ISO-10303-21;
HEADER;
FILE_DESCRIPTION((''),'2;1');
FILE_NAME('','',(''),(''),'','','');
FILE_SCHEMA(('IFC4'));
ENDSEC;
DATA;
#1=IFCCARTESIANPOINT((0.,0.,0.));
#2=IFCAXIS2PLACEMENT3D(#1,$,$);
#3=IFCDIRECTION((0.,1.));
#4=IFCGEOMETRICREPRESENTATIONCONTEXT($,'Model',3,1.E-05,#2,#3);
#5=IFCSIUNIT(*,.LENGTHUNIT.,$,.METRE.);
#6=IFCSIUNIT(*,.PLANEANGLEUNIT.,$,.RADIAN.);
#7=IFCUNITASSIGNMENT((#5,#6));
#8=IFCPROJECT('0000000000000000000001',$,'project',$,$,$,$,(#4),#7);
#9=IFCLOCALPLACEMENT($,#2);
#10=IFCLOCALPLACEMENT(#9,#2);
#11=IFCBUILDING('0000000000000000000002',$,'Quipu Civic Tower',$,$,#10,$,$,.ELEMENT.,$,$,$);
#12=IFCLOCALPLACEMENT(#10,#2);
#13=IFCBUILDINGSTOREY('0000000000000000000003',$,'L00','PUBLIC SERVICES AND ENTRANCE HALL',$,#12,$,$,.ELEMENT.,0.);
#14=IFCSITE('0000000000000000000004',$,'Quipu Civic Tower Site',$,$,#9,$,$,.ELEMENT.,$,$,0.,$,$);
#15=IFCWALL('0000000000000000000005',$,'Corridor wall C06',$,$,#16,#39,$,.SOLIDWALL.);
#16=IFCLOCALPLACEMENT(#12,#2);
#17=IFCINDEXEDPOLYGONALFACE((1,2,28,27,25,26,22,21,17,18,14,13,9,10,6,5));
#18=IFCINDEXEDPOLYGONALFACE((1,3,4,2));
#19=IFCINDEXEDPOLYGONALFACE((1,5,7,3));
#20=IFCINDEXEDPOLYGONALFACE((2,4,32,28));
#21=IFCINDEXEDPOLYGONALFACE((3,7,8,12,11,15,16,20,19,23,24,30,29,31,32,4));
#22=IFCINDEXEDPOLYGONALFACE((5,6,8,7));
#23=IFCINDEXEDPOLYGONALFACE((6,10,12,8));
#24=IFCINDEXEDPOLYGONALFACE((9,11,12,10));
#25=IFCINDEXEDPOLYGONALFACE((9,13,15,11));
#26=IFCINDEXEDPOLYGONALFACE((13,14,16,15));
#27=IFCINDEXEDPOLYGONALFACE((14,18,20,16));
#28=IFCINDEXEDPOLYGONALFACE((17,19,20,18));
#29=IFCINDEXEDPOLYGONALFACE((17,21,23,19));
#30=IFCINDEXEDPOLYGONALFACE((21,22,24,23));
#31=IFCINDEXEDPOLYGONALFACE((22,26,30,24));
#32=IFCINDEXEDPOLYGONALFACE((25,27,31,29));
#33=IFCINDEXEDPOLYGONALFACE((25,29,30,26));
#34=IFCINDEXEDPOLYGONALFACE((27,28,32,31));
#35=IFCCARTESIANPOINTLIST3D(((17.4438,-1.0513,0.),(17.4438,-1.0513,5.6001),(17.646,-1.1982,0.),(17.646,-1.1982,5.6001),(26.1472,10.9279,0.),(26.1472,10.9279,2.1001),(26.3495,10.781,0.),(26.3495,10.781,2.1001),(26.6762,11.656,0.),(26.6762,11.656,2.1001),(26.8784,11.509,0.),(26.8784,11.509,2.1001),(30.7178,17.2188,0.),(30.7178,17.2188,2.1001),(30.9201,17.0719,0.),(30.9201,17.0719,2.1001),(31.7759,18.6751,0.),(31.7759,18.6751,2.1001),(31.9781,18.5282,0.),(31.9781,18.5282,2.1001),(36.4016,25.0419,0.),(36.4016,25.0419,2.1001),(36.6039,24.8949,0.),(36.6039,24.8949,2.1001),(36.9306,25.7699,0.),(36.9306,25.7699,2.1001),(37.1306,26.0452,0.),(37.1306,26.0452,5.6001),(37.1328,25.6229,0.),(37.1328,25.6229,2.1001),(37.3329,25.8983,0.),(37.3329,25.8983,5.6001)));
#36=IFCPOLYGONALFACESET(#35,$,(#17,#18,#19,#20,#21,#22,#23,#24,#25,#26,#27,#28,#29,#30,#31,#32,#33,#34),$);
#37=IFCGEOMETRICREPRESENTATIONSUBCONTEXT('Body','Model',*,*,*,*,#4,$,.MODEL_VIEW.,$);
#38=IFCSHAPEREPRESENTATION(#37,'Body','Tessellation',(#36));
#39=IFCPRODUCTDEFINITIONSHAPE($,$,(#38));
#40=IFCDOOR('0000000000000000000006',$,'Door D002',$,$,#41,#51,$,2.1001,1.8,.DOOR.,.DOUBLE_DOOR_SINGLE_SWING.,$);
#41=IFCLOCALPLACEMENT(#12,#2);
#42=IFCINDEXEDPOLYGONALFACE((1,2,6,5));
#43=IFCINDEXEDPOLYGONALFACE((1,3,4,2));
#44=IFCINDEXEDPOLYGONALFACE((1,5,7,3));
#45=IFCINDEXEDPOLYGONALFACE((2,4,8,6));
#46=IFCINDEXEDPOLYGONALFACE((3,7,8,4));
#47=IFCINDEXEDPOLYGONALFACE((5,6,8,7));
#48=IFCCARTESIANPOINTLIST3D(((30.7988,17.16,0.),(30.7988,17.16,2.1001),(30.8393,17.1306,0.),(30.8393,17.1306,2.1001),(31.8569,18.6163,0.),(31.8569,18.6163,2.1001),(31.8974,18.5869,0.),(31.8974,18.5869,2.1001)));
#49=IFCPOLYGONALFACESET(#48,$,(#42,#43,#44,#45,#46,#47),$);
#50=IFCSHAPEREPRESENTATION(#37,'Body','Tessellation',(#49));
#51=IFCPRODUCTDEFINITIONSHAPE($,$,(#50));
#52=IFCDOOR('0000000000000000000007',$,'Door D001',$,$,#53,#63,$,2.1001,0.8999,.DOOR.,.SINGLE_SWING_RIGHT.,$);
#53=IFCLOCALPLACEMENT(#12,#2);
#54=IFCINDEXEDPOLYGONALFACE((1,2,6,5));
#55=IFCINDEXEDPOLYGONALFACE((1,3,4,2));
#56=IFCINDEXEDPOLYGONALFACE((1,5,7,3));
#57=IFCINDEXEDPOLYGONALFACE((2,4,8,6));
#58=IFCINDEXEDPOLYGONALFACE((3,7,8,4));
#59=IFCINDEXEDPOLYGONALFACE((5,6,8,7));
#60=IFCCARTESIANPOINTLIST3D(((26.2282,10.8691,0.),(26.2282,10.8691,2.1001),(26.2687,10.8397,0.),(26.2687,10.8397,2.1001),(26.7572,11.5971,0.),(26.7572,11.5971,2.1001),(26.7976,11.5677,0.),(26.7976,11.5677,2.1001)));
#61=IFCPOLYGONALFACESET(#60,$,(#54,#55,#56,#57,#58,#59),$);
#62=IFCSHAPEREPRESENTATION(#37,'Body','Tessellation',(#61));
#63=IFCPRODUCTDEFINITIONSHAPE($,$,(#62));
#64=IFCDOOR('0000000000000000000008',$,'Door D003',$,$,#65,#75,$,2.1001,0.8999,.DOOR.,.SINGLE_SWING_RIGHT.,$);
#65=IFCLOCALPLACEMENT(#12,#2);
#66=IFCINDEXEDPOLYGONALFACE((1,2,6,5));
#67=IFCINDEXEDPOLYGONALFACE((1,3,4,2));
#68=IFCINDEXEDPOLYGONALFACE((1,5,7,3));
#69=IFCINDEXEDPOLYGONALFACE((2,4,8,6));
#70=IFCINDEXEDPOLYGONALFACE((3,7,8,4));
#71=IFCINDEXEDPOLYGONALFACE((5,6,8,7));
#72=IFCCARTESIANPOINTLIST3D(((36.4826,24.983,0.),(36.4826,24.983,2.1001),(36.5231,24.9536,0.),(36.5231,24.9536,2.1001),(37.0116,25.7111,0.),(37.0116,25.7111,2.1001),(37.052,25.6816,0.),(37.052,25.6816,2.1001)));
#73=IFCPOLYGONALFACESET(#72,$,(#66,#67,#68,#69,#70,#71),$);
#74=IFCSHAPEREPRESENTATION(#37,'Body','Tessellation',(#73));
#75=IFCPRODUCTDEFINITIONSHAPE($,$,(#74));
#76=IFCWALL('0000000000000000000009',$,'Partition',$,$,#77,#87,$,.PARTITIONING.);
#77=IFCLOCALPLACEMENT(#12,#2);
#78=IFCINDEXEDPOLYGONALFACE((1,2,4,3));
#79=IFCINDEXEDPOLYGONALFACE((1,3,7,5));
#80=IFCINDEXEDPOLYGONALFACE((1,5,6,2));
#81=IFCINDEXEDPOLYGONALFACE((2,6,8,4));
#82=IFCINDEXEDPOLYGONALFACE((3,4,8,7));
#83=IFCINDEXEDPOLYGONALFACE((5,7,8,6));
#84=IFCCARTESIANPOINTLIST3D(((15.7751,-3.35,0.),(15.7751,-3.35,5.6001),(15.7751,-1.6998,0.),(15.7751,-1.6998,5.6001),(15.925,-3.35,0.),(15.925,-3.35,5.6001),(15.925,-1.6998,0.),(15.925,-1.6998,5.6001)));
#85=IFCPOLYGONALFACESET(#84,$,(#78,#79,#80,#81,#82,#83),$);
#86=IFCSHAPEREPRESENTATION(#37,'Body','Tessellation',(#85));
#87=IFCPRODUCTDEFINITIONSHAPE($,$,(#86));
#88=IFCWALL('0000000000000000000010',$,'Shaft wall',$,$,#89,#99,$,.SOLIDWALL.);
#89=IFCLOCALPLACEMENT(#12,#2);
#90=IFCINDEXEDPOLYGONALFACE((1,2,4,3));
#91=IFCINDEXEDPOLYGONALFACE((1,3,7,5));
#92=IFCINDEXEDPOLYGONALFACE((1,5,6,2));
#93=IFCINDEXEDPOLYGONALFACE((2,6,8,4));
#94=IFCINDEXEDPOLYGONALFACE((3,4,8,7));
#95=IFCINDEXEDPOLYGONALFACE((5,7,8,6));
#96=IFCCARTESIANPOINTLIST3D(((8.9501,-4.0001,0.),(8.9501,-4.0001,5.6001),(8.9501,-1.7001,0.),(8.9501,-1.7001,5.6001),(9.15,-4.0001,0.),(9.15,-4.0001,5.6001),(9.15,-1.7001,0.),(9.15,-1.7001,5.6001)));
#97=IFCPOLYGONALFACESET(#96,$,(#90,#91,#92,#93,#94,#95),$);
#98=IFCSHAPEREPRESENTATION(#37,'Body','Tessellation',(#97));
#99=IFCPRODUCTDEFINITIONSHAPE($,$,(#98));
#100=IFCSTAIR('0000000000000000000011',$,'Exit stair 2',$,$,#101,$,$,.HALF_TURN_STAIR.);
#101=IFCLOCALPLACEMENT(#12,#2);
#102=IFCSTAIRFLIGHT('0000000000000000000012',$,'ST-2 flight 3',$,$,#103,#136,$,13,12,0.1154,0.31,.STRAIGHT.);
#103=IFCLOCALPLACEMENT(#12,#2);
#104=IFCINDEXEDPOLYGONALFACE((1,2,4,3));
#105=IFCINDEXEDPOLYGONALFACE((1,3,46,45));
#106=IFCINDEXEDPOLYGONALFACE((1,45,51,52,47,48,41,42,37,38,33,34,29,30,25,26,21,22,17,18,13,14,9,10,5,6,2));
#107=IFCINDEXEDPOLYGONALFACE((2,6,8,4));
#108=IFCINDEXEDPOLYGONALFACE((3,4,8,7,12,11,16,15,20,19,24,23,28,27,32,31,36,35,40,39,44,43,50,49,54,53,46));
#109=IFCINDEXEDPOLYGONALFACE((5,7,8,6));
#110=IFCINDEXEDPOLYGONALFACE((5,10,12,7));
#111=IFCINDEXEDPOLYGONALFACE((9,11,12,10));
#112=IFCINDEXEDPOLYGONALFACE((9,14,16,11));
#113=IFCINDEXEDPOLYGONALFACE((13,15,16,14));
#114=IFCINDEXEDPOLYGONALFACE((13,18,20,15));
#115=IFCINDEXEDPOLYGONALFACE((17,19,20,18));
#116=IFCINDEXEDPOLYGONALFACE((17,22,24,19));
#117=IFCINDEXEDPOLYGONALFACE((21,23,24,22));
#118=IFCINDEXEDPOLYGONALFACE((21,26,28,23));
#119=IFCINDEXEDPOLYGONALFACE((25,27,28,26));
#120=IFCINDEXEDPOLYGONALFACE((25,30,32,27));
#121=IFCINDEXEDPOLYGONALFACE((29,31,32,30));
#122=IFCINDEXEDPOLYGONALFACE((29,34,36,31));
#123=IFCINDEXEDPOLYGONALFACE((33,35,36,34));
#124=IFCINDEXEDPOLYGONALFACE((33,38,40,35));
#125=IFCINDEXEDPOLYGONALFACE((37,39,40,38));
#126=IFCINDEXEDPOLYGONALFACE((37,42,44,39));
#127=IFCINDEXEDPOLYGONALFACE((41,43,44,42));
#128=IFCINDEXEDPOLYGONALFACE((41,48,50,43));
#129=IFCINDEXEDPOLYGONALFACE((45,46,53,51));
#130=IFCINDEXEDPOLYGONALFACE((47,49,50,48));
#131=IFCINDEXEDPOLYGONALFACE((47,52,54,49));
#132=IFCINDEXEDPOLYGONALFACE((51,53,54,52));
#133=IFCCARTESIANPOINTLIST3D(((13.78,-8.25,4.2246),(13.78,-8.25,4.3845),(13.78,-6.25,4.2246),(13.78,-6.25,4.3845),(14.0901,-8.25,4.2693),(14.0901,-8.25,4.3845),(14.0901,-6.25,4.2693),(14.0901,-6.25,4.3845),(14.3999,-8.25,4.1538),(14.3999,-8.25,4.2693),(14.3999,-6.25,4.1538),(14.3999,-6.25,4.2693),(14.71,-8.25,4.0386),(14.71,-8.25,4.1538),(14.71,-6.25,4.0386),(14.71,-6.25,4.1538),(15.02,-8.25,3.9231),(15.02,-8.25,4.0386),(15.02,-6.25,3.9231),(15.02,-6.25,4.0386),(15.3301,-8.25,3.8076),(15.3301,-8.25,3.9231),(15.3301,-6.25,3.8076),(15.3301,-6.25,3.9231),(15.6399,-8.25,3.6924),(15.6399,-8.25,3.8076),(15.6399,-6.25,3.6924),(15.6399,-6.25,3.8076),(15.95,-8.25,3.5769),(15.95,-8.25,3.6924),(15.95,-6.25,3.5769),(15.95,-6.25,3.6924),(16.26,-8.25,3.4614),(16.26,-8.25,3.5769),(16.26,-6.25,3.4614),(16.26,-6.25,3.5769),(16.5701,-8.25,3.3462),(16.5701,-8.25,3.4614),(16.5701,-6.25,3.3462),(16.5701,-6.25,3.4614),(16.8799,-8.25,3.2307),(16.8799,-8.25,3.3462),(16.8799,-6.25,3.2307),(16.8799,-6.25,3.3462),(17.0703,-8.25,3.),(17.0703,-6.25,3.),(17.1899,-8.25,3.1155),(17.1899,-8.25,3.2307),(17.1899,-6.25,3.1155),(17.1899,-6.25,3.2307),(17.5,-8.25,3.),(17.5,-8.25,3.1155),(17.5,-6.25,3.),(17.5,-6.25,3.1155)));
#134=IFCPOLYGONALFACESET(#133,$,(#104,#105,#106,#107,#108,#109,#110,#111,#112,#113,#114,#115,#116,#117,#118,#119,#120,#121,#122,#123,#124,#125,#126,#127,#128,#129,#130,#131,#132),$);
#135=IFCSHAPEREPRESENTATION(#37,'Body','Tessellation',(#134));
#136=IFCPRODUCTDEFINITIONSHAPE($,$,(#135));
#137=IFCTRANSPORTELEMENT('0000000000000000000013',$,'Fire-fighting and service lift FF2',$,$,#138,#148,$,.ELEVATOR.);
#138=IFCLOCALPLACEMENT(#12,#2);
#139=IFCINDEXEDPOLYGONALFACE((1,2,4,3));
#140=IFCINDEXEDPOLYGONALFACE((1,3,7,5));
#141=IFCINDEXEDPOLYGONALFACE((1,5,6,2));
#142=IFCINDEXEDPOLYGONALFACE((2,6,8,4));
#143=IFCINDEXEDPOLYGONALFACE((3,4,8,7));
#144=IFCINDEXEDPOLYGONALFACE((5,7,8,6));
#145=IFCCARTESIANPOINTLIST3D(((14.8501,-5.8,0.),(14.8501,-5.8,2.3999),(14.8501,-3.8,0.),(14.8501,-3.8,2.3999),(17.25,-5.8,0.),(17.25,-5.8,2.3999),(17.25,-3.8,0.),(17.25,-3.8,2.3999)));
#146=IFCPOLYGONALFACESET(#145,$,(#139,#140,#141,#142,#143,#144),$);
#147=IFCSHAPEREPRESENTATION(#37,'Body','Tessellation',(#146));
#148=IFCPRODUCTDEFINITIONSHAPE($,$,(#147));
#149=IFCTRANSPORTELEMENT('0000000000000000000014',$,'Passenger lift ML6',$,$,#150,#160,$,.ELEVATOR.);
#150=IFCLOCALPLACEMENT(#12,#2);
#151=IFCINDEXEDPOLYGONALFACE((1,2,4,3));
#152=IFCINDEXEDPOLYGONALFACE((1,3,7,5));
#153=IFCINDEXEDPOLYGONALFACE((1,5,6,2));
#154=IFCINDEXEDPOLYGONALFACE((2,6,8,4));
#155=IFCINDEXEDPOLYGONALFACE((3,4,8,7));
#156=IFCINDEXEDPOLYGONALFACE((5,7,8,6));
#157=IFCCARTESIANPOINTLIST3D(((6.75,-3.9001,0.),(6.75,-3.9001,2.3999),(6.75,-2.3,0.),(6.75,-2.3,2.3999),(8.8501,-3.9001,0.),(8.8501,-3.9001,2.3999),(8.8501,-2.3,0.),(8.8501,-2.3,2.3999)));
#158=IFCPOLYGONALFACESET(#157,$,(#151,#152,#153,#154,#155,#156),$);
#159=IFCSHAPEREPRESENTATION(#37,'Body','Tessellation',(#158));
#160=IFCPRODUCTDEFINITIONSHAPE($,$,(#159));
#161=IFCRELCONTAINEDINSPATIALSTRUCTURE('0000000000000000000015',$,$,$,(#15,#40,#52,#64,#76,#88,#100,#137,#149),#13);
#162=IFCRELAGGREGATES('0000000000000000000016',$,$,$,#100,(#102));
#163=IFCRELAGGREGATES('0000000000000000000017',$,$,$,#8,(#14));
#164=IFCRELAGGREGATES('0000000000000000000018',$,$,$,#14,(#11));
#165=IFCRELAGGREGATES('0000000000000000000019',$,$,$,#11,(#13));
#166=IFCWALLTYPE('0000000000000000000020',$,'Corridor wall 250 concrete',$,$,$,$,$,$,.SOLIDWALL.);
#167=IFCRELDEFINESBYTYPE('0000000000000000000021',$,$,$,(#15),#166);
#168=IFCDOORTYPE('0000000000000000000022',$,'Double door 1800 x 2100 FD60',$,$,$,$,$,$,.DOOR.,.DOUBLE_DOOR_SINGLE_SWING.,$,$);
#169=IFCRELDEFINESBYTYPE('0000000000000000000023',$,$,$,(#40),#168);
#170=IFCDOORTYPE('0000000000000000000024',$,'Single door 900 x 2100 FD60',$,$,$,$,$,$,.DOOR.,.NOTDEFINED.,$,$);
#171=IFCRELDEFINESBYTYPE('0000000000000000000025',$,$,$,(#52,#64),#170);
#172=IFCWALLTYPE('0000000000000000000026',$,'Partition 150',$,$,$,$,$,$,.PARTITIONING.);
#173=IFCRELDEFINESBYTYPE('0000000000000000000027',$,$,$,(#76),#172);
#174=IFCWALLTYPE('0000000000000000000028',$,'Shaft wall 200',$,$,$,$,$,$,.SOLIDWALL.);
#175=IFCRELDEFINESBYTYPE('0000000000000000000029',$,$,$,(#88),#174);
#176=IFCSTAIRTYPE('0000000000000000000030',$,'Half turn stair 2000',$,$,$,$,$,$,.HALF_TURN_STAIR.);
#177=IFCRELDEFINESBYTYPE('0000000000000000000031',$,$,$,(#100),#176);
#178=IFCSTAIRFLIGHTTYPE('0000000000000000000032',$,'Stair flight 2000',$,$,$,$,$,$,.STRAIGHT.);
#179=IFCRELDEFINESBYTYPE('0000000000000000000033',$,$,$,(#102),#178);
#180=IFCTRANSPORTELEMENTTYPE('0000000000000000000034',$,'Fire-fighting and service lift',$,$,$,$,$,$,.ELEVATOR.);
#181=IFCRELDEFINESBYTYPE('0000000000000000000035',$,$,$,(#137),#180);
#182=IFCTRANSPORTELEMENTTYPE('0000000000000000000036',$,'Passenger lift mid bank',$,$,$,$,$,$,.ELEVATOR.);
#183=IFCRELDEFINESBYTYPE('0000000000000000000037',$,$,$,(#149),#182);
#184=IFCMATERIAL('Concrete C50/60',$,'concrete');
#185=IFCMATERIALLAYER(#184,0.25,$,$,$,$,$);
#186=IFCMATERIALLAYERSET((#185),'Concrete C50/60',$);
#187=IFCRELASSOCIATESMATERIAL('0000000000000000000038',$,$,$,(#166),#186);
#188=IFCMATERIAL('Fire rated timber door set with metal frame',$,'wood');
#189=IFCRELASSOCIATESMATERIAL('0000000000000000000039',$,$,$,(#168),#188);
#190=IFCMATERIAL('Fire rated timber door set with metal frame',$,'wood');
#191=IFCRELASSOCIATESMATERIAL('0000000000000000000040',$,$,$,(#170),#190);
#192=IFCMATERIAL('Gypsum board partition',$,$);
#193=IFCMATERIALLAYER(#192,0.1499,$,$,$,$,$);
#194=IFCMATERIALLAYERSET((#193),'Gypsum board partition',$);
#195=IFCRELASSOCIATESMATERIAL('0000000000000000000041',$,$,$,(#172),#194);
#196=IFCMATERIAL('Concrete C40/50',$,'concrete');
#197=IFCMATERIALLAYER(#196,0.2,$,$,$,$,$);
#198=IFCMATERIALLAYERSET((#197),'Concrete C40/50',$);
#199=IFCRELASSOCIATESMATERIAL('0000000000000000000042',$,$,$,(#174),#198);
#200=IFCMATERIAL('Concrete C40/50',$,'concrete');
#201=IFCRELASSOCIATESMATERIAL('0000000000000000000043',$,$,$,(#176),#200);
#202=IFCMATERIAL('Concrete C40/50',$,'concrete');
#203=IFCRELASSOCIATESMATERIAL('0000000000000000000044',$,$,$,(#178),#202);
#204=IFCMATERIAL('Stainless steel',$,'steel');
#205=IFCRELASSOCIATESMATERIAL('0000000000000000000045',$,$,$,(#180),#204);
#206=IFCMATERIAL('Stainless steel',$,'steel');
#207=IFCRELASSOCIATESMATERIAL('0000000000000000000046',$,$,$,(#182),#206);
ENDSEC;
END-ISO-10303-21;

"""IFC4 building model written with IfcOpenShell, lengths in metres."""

from ifc_helpers import new_model, si_unit, direction, frame, frame_2d, origin, origin_2d, place, context, subcontext, project, spatial, polyline, rectangle, outline, extrude, material, layer, layer_set, type_object, element, fill, aggregate, save


model = new_model("IFC4")

# Units and contexts
model_context = context("Model", 3, precision=1e-05, world=origin(), true_north=direction((0.0, 1.0)))
body_context = subcontext(model_context, "Body", "Model", "MODEL_VIEW")
ifc_project = project(units=[si_unit("LENGTHUNIT", "METRE"), si_unit("PLANEANGLEUNIT", "RADIAN")], contexts=[model_context])

# Site, building, storey
site_placement = place(None, origin())
site = spatial("IfcSite", under=ifc_project, at=site_placement, Name="Quipu Civic Tower Site", CompositionType="ELEMENT", RefElevation=0.0)
building_placement = place(site_placement, origin())
building = spatial("IfcBuilding", under=site, at=building_placement, Name="Quipu Civic Tower", CompositionType="ELEMENT")
storey_placement = place(building_placement, origin())
storey = spatial("IfcBuildingStorey", under=building, at=storey_placement, Name="L00", Description="PUBLIC SERVICES AND ENTRANCE HALL", CompositionType="ELEMENT", Elevation=0.0)

# Wall, openings, doors
ifc_material_1 = material(Name="Concrete C50/60", Category="concrete")
ifc_layer_1 = layer(ifc_material_1, 0.25)
ifc_layer_set_1 = layer_set([ifc_layer_1], Name="Concrete C50/60")
wall_type_1 = type_object("IfcWallType", Name="Corridor wall 250 concrete", PredefinedType="SOLIDWALL", material=ifc_layer_set_1)
wall_1_placement = place(storey_placement, frame((17.5449, -1.1248, 0.0), z_axis=(0.0, 0.0, 1.0), x_axis=(0.587786, 0.809016, 0.0)))
wall_1 = element("IfcWall", 1, at=wall_1_placement, inside=storey, type_object=wall_type_1, Name="Corridor wall C06", PredefinedType="SOLIDWALL", context=body_context, shape_type="SweptSolid", body=[
    extrude(rectangle(XDim=33.4932, YDim=0.25, at=frame_2d((16.7466, 0.0))), origin(), (0.0, 0.0, 1.0), 5.6001),
])
opening_1_placement = place(wall_1_placement, frame((22.5833, 0.0, 0.0)))
opening_1 = element("IfcOpeningElement", 2, at=opening_1_placement, cuts=wall_1, PredefinedType="OPENING", context=body_context, shape_type="SweptSolid", body=[
    extrude(rectangle(XDim=1.8, YDim=2.1001, at=frame_2d((0.8999, 1.05))), frame((0.0, 0.135, 0.0), z_axis=(0.0, -1.0, 0.0), x_axis=(1.0, 0.0, 0.0)), (0.0, 0.0, 1.0), 0.27),
])
opening_2_placement = place(wall_1_placement, frame((14.8071, 0.0, 0.0)))
opening_2 = element("IfcOpeningElement", 3, at=opening_2_placement, cuts=wall_1, PredefinedType="OPENING", context=body_context, shape_type="SweptSolid", body=[
    extrude(rectangle(XDim=0.8999, YDim=2.1001, at=frame_2d((0.45, 1.05))), frame((0.0, 0.135, 0.0), z_axis=(0.0, -1.0, 0.0), x_axis=(1.0, 0.0, 0.0)), (0.0, 0.0, 1.0), 0.27),
])
opening_3_placement = place(wall_1_placement, frame((32.2529, 0.0, 0.0)))
opening_3 = element("IfcOpeningElement", 4, at=opening_3_placement, cuts=wall_1, PredefinedType="OPENING", context=body_context, shape_type="SweptSolid", body=[
    extrude(rectangle(XDim=0.8999, YDim=2.1001, at=frame_2d((0.45, 1.05))), frame((0.0, 0.135, 0.0), z_axis=(0.0, -1.0, 0.0), x_axis=(1.0, 0.0, 0.0)), (0.0, 0.0, 1.0), 0.27),
])
ifc_material_2 = material(Name="Fire rated timber door set with metal frame", Category="wood")
door_type_1 = type_object("IfcDoorType", Name="Double door 1800 x 2100 FD60", OperationType="DOUBLE_DOOR_SINGLE_SWING", PredefinedType="DOOR", material=ifc_material_2)
door_1_placement = place(opening_1_placement, origin())
door_1 = element("IfcDoor", 5, at=door_1_placement, inside=storey, type_object=door_type_1, Name="Door D002", OperationType="DOUBLE_DOOR_SINGLE_SWING", OverallHeight=2.1001, OverallWidth=1.8, PredefinedType="DOOR", context=body_context, shape_type="SweptSolid", body=[
    extrude(rectangle(XDim=1.8, YDim=2.1001, at=frame_2d((0.8999, 1.05))), frame((0.0, 0.0249, 0.0), z_axis=(0.0, -1.0, 0.0), x_axis=(1.0, 0.0, 0.0)), (0.0, 0.0, 1.0), 0.05),
])
fill(opening_1, door_1)
ifc_material_3 = material(Name="Fire rated timber door set with metal frame", Category="wood")
door_type_2 = type_object("IfcDoorType", Name="Single door 900 x 2100 FD60", OperationType="NOTDEFINED", PredefinedType="DOOR", material=ifc_material_3)
door_2_placement = place(opening_2_placement, origin())
door_2 = element("IfcDoor", 6, at=door_2_placement, inside=storey, type_object=door_type_2, Name="Door D001", OperationType="SINGLE_SWING_RIGHT", OverallHeight=2.1001, OverallWidth=0.8999, PredefinedType="DOOR", context=body_context, shape_type="SweptSolid", body=[
    extrude(rectangle(XDim=0.8999, YDim=2.1001, at=frame_2d((0.45, 1.05))), frame((0.0, 0.0249, 0.0), z_axis=(0.0, -1.0, 0.0), x_axis=(1.0, 0.0, 0.0)), (0.0, 0.0, 1.0), 0.05),
])
fill(opening_2, door_2)
door_3_placement = place(opening_3_placement, origin())
door_3 = element("IfcDoor", 7, at=door_3_placement, inside=storey, type_object=door_type_2, Name="Door D003", OperationType="SINGLE_SWING_RIGHT", OverallHeight=2.1001, OverallWidth=0.8999, PredefinedType="DOOR", context=body_context, shape_type="SweptSolid", body=[
    extrude(rectangle(XDim=0.8999, YDim=2.1001, at=frame_2d((0.45, 1.05))), frame((0.0, 0.0249, 0.0), z_axis=(0.0, -1.0, 0.0), x_axis=(1.0, 0.0, 0.0)), (0.0, 0.0, 1.0), 0.05),
])
fill(opening_3, door_3)

# Walls
ifc_material_4 = material(Name="Gypsum board partition")
ifc_layer_2 = layer(ifc_material_4, 0.1499)
ifc_layer_set_2 = layer_set([ifc_layer_2], Name="Gypsum board partition")
wall_type_2 = type_object("IfcWallType", Name="Partition 150", PredefinedType="PARTITIONING", material=ifc_layer_set_2)
wall_2_placement = place(storey_placement, frame((15.8501, -3.3501, 0.0), z_axis=(0.0, 0.0, 1.0), x_axis=(0.0, 1.0, 0.0)))
element("IfcWall", 8, at=wall_2_placement, inside=storey, type_object=wall_type_2, Name="Partition", PredefinedType="PARTITIONING", context=body_context, shape_type="SweptSolid", body=[
    extrude(rectangle(XDim=1.6501, YDim=0.1499, at=frame_2d((0.8252, 0.0))), origin(), (0.0, 0.0, 1.0), 5.6001),
])
ifc_material_5 = material(Name="Concrete C40/50", Category="concrete")
ifc_layer_3 = layer(ifc_material_5, 0.2)
ifc_layer_set_3 = layer_set([ifc_layer_3], Name="Concrete C40/50")
wall_type_3 = type_object("IfcWallType", Name="Shaft wall 200", PredefinedType="SOLIDWALL", material=ifc_layer_set_3)
wall_3_placement = place(storey_placement, frame((9.05, -4.0, 0.0), z_axis=(0.0, 0.0, 1.0), x_axis=(0.0, 1.0, 0.0)))
element("IfcWall", 9, at=wall_3_placement, inside=storey, type_object=wall_type_3, Name="Shaft wall", PredefinedType="SOLIDWALL", context=body_context, shape_type="SweptSolid", body=[
    extrude(rectangle(XDim=2.3, YDim=0.2, at=frame_2d((1.1499, 0.0))), origin(), (0.0, 0.0, 1.0), 5.6001),
])

# Stair, stair flight
ifc_material_6 = material(Name="Concrete C40/50", Category="concrete")
stair_type = type_object("IfcStairType", Name="Half turn stair 2000", PredefinedType="HALF_TURN_STAIR", material=ifc_material_6)
stair_placement = place(storey_placement, origin())
stair = element("IfcStair", 10, at=stair_placement, inside=storey, type_object=stair_type, Name="Exit stair 2", PredefinedType="HALF_TURN_STAIR")
ifc_material_7 = material(Name="Concrete C40/50", Category="concrete")
stair_flight_type = type_object("IfcStairFlightType", Name="Stair flight 2000", PredefinedType="STRAIGHT", material=ifc_material_7)
stair_flight_placement = place(storey_placement, frame((17.5, -7.25, 3.0), z_axis=(0.0, 0.0, 1.0), x_axis=(-1.0, 0.0, 0.0)))
stair_flight = element("IfcStairFlight", 11, at=stair_flight_placement, type_object=stair_flight_type, Name="ST-2 flight 3", NumberOfRisers=13, NumberOfTreads=12, PredefinedType="STRAIGHT", RiserHeight=0.1154, TreadLength=0.31, context=body_context, shape_type="SweptSolid", body=[
    extrude(outline(polyline([(0.0, 0.0), (0.0, 0.1155), (0.3101, 0.1155), (0.3101, 0.2307), (0.6201, 0.2307), (0.6201, 0.3462), (0.9299, 0.3462), (0.9299, 0.4614), (1.24, 0.4614), (1.24, 0.5769), (1.55, 0.5769), (1.55, 0.6924), (1.8601, 0.6924), (1.8601, 0.8076), (2.1699, 0.8076), (2.1699, 0.9231), (2.48, 0.9231), (2.48, 1.0386), (2.79, 1.0386), (2.79, 1.1538), (3.1001, 1.1538), (3.1001, 1.2693), (3.4099, 1.2693), (3.4099, 1.3845), (3.72, 1.3845), (3.72, 1.5), (3.72, 1.2246), (0.4297, 0.0), (0.0, 0.0)])), frame((0.0, 1.0, 0.0), z_axis=(0.0, -1.0, 0.0), x_axis=(1.0, 0.0, 0.0)), (0.0, 0.0, 1.0), 2.0),
])
aggregate(stair, [stair_flight])

# Transport elements
ifc_material_8 = material(Name="Stainless steel", Category="steel")
transport_element_type_1 = type_object("IfcTransportElementType", Name="Fire-fighting and service lift", PredefinedType="ELEVATOR", material=ifc_material_8)
transport_element_placement = place(storey_placement, frame((16.05, -4.8, 0.0), z_axis=(0.0, 0.0, 1.0), x_axis=(1.0, 0.0, 0.0)))
element("IfcTransportElement", 12, at=transport_element_placement, inside=storey, type_object=transport_element_type_1, Name="Fire-fighting and service lift FF2", PredefinedType="ELEVATOR", context=body_context, shape_type="SweptSolid", body=[
    extrude(rectangle(XDim=2.3999, YDim=2.0, at=origin_2d()), origin(), (0.0, 0.0, 1.0), 2.3999),
])
ifc_material_9 = material(Name="Stainless steel", Category="steel")
transport_element_type_2 = type_object("IfcTransportElementType", Name="Passenger lift mid bank", PredefinedType="ELEVATOR", material=ifc_material_9)
for number, where, z_axis, x_axis, name in (
    (13, (7.8, -3.1001, 0.0), (0.0, 0.0, 1.0), (1.0, 0.0, 0.0), "Passenger lift ML6"),
):
    element("IfcTransportElement", number, at=place(storey_placement, frame(where, z_axis=z_axis, x_axis=x_axis)), inside=storey, type_object=transport_element_type_2, Name=name, PredefinedType="ELEVATOR", context=body_context, shape_type="SweptSolid", body=[
        extrude(rectangle(XDim=2.1001, YDim=1.6001, at=origin_2d()), origin(), (0.0, 0.0, 1.0), 2.3999),
    ])

save(model, "model.ifc")
